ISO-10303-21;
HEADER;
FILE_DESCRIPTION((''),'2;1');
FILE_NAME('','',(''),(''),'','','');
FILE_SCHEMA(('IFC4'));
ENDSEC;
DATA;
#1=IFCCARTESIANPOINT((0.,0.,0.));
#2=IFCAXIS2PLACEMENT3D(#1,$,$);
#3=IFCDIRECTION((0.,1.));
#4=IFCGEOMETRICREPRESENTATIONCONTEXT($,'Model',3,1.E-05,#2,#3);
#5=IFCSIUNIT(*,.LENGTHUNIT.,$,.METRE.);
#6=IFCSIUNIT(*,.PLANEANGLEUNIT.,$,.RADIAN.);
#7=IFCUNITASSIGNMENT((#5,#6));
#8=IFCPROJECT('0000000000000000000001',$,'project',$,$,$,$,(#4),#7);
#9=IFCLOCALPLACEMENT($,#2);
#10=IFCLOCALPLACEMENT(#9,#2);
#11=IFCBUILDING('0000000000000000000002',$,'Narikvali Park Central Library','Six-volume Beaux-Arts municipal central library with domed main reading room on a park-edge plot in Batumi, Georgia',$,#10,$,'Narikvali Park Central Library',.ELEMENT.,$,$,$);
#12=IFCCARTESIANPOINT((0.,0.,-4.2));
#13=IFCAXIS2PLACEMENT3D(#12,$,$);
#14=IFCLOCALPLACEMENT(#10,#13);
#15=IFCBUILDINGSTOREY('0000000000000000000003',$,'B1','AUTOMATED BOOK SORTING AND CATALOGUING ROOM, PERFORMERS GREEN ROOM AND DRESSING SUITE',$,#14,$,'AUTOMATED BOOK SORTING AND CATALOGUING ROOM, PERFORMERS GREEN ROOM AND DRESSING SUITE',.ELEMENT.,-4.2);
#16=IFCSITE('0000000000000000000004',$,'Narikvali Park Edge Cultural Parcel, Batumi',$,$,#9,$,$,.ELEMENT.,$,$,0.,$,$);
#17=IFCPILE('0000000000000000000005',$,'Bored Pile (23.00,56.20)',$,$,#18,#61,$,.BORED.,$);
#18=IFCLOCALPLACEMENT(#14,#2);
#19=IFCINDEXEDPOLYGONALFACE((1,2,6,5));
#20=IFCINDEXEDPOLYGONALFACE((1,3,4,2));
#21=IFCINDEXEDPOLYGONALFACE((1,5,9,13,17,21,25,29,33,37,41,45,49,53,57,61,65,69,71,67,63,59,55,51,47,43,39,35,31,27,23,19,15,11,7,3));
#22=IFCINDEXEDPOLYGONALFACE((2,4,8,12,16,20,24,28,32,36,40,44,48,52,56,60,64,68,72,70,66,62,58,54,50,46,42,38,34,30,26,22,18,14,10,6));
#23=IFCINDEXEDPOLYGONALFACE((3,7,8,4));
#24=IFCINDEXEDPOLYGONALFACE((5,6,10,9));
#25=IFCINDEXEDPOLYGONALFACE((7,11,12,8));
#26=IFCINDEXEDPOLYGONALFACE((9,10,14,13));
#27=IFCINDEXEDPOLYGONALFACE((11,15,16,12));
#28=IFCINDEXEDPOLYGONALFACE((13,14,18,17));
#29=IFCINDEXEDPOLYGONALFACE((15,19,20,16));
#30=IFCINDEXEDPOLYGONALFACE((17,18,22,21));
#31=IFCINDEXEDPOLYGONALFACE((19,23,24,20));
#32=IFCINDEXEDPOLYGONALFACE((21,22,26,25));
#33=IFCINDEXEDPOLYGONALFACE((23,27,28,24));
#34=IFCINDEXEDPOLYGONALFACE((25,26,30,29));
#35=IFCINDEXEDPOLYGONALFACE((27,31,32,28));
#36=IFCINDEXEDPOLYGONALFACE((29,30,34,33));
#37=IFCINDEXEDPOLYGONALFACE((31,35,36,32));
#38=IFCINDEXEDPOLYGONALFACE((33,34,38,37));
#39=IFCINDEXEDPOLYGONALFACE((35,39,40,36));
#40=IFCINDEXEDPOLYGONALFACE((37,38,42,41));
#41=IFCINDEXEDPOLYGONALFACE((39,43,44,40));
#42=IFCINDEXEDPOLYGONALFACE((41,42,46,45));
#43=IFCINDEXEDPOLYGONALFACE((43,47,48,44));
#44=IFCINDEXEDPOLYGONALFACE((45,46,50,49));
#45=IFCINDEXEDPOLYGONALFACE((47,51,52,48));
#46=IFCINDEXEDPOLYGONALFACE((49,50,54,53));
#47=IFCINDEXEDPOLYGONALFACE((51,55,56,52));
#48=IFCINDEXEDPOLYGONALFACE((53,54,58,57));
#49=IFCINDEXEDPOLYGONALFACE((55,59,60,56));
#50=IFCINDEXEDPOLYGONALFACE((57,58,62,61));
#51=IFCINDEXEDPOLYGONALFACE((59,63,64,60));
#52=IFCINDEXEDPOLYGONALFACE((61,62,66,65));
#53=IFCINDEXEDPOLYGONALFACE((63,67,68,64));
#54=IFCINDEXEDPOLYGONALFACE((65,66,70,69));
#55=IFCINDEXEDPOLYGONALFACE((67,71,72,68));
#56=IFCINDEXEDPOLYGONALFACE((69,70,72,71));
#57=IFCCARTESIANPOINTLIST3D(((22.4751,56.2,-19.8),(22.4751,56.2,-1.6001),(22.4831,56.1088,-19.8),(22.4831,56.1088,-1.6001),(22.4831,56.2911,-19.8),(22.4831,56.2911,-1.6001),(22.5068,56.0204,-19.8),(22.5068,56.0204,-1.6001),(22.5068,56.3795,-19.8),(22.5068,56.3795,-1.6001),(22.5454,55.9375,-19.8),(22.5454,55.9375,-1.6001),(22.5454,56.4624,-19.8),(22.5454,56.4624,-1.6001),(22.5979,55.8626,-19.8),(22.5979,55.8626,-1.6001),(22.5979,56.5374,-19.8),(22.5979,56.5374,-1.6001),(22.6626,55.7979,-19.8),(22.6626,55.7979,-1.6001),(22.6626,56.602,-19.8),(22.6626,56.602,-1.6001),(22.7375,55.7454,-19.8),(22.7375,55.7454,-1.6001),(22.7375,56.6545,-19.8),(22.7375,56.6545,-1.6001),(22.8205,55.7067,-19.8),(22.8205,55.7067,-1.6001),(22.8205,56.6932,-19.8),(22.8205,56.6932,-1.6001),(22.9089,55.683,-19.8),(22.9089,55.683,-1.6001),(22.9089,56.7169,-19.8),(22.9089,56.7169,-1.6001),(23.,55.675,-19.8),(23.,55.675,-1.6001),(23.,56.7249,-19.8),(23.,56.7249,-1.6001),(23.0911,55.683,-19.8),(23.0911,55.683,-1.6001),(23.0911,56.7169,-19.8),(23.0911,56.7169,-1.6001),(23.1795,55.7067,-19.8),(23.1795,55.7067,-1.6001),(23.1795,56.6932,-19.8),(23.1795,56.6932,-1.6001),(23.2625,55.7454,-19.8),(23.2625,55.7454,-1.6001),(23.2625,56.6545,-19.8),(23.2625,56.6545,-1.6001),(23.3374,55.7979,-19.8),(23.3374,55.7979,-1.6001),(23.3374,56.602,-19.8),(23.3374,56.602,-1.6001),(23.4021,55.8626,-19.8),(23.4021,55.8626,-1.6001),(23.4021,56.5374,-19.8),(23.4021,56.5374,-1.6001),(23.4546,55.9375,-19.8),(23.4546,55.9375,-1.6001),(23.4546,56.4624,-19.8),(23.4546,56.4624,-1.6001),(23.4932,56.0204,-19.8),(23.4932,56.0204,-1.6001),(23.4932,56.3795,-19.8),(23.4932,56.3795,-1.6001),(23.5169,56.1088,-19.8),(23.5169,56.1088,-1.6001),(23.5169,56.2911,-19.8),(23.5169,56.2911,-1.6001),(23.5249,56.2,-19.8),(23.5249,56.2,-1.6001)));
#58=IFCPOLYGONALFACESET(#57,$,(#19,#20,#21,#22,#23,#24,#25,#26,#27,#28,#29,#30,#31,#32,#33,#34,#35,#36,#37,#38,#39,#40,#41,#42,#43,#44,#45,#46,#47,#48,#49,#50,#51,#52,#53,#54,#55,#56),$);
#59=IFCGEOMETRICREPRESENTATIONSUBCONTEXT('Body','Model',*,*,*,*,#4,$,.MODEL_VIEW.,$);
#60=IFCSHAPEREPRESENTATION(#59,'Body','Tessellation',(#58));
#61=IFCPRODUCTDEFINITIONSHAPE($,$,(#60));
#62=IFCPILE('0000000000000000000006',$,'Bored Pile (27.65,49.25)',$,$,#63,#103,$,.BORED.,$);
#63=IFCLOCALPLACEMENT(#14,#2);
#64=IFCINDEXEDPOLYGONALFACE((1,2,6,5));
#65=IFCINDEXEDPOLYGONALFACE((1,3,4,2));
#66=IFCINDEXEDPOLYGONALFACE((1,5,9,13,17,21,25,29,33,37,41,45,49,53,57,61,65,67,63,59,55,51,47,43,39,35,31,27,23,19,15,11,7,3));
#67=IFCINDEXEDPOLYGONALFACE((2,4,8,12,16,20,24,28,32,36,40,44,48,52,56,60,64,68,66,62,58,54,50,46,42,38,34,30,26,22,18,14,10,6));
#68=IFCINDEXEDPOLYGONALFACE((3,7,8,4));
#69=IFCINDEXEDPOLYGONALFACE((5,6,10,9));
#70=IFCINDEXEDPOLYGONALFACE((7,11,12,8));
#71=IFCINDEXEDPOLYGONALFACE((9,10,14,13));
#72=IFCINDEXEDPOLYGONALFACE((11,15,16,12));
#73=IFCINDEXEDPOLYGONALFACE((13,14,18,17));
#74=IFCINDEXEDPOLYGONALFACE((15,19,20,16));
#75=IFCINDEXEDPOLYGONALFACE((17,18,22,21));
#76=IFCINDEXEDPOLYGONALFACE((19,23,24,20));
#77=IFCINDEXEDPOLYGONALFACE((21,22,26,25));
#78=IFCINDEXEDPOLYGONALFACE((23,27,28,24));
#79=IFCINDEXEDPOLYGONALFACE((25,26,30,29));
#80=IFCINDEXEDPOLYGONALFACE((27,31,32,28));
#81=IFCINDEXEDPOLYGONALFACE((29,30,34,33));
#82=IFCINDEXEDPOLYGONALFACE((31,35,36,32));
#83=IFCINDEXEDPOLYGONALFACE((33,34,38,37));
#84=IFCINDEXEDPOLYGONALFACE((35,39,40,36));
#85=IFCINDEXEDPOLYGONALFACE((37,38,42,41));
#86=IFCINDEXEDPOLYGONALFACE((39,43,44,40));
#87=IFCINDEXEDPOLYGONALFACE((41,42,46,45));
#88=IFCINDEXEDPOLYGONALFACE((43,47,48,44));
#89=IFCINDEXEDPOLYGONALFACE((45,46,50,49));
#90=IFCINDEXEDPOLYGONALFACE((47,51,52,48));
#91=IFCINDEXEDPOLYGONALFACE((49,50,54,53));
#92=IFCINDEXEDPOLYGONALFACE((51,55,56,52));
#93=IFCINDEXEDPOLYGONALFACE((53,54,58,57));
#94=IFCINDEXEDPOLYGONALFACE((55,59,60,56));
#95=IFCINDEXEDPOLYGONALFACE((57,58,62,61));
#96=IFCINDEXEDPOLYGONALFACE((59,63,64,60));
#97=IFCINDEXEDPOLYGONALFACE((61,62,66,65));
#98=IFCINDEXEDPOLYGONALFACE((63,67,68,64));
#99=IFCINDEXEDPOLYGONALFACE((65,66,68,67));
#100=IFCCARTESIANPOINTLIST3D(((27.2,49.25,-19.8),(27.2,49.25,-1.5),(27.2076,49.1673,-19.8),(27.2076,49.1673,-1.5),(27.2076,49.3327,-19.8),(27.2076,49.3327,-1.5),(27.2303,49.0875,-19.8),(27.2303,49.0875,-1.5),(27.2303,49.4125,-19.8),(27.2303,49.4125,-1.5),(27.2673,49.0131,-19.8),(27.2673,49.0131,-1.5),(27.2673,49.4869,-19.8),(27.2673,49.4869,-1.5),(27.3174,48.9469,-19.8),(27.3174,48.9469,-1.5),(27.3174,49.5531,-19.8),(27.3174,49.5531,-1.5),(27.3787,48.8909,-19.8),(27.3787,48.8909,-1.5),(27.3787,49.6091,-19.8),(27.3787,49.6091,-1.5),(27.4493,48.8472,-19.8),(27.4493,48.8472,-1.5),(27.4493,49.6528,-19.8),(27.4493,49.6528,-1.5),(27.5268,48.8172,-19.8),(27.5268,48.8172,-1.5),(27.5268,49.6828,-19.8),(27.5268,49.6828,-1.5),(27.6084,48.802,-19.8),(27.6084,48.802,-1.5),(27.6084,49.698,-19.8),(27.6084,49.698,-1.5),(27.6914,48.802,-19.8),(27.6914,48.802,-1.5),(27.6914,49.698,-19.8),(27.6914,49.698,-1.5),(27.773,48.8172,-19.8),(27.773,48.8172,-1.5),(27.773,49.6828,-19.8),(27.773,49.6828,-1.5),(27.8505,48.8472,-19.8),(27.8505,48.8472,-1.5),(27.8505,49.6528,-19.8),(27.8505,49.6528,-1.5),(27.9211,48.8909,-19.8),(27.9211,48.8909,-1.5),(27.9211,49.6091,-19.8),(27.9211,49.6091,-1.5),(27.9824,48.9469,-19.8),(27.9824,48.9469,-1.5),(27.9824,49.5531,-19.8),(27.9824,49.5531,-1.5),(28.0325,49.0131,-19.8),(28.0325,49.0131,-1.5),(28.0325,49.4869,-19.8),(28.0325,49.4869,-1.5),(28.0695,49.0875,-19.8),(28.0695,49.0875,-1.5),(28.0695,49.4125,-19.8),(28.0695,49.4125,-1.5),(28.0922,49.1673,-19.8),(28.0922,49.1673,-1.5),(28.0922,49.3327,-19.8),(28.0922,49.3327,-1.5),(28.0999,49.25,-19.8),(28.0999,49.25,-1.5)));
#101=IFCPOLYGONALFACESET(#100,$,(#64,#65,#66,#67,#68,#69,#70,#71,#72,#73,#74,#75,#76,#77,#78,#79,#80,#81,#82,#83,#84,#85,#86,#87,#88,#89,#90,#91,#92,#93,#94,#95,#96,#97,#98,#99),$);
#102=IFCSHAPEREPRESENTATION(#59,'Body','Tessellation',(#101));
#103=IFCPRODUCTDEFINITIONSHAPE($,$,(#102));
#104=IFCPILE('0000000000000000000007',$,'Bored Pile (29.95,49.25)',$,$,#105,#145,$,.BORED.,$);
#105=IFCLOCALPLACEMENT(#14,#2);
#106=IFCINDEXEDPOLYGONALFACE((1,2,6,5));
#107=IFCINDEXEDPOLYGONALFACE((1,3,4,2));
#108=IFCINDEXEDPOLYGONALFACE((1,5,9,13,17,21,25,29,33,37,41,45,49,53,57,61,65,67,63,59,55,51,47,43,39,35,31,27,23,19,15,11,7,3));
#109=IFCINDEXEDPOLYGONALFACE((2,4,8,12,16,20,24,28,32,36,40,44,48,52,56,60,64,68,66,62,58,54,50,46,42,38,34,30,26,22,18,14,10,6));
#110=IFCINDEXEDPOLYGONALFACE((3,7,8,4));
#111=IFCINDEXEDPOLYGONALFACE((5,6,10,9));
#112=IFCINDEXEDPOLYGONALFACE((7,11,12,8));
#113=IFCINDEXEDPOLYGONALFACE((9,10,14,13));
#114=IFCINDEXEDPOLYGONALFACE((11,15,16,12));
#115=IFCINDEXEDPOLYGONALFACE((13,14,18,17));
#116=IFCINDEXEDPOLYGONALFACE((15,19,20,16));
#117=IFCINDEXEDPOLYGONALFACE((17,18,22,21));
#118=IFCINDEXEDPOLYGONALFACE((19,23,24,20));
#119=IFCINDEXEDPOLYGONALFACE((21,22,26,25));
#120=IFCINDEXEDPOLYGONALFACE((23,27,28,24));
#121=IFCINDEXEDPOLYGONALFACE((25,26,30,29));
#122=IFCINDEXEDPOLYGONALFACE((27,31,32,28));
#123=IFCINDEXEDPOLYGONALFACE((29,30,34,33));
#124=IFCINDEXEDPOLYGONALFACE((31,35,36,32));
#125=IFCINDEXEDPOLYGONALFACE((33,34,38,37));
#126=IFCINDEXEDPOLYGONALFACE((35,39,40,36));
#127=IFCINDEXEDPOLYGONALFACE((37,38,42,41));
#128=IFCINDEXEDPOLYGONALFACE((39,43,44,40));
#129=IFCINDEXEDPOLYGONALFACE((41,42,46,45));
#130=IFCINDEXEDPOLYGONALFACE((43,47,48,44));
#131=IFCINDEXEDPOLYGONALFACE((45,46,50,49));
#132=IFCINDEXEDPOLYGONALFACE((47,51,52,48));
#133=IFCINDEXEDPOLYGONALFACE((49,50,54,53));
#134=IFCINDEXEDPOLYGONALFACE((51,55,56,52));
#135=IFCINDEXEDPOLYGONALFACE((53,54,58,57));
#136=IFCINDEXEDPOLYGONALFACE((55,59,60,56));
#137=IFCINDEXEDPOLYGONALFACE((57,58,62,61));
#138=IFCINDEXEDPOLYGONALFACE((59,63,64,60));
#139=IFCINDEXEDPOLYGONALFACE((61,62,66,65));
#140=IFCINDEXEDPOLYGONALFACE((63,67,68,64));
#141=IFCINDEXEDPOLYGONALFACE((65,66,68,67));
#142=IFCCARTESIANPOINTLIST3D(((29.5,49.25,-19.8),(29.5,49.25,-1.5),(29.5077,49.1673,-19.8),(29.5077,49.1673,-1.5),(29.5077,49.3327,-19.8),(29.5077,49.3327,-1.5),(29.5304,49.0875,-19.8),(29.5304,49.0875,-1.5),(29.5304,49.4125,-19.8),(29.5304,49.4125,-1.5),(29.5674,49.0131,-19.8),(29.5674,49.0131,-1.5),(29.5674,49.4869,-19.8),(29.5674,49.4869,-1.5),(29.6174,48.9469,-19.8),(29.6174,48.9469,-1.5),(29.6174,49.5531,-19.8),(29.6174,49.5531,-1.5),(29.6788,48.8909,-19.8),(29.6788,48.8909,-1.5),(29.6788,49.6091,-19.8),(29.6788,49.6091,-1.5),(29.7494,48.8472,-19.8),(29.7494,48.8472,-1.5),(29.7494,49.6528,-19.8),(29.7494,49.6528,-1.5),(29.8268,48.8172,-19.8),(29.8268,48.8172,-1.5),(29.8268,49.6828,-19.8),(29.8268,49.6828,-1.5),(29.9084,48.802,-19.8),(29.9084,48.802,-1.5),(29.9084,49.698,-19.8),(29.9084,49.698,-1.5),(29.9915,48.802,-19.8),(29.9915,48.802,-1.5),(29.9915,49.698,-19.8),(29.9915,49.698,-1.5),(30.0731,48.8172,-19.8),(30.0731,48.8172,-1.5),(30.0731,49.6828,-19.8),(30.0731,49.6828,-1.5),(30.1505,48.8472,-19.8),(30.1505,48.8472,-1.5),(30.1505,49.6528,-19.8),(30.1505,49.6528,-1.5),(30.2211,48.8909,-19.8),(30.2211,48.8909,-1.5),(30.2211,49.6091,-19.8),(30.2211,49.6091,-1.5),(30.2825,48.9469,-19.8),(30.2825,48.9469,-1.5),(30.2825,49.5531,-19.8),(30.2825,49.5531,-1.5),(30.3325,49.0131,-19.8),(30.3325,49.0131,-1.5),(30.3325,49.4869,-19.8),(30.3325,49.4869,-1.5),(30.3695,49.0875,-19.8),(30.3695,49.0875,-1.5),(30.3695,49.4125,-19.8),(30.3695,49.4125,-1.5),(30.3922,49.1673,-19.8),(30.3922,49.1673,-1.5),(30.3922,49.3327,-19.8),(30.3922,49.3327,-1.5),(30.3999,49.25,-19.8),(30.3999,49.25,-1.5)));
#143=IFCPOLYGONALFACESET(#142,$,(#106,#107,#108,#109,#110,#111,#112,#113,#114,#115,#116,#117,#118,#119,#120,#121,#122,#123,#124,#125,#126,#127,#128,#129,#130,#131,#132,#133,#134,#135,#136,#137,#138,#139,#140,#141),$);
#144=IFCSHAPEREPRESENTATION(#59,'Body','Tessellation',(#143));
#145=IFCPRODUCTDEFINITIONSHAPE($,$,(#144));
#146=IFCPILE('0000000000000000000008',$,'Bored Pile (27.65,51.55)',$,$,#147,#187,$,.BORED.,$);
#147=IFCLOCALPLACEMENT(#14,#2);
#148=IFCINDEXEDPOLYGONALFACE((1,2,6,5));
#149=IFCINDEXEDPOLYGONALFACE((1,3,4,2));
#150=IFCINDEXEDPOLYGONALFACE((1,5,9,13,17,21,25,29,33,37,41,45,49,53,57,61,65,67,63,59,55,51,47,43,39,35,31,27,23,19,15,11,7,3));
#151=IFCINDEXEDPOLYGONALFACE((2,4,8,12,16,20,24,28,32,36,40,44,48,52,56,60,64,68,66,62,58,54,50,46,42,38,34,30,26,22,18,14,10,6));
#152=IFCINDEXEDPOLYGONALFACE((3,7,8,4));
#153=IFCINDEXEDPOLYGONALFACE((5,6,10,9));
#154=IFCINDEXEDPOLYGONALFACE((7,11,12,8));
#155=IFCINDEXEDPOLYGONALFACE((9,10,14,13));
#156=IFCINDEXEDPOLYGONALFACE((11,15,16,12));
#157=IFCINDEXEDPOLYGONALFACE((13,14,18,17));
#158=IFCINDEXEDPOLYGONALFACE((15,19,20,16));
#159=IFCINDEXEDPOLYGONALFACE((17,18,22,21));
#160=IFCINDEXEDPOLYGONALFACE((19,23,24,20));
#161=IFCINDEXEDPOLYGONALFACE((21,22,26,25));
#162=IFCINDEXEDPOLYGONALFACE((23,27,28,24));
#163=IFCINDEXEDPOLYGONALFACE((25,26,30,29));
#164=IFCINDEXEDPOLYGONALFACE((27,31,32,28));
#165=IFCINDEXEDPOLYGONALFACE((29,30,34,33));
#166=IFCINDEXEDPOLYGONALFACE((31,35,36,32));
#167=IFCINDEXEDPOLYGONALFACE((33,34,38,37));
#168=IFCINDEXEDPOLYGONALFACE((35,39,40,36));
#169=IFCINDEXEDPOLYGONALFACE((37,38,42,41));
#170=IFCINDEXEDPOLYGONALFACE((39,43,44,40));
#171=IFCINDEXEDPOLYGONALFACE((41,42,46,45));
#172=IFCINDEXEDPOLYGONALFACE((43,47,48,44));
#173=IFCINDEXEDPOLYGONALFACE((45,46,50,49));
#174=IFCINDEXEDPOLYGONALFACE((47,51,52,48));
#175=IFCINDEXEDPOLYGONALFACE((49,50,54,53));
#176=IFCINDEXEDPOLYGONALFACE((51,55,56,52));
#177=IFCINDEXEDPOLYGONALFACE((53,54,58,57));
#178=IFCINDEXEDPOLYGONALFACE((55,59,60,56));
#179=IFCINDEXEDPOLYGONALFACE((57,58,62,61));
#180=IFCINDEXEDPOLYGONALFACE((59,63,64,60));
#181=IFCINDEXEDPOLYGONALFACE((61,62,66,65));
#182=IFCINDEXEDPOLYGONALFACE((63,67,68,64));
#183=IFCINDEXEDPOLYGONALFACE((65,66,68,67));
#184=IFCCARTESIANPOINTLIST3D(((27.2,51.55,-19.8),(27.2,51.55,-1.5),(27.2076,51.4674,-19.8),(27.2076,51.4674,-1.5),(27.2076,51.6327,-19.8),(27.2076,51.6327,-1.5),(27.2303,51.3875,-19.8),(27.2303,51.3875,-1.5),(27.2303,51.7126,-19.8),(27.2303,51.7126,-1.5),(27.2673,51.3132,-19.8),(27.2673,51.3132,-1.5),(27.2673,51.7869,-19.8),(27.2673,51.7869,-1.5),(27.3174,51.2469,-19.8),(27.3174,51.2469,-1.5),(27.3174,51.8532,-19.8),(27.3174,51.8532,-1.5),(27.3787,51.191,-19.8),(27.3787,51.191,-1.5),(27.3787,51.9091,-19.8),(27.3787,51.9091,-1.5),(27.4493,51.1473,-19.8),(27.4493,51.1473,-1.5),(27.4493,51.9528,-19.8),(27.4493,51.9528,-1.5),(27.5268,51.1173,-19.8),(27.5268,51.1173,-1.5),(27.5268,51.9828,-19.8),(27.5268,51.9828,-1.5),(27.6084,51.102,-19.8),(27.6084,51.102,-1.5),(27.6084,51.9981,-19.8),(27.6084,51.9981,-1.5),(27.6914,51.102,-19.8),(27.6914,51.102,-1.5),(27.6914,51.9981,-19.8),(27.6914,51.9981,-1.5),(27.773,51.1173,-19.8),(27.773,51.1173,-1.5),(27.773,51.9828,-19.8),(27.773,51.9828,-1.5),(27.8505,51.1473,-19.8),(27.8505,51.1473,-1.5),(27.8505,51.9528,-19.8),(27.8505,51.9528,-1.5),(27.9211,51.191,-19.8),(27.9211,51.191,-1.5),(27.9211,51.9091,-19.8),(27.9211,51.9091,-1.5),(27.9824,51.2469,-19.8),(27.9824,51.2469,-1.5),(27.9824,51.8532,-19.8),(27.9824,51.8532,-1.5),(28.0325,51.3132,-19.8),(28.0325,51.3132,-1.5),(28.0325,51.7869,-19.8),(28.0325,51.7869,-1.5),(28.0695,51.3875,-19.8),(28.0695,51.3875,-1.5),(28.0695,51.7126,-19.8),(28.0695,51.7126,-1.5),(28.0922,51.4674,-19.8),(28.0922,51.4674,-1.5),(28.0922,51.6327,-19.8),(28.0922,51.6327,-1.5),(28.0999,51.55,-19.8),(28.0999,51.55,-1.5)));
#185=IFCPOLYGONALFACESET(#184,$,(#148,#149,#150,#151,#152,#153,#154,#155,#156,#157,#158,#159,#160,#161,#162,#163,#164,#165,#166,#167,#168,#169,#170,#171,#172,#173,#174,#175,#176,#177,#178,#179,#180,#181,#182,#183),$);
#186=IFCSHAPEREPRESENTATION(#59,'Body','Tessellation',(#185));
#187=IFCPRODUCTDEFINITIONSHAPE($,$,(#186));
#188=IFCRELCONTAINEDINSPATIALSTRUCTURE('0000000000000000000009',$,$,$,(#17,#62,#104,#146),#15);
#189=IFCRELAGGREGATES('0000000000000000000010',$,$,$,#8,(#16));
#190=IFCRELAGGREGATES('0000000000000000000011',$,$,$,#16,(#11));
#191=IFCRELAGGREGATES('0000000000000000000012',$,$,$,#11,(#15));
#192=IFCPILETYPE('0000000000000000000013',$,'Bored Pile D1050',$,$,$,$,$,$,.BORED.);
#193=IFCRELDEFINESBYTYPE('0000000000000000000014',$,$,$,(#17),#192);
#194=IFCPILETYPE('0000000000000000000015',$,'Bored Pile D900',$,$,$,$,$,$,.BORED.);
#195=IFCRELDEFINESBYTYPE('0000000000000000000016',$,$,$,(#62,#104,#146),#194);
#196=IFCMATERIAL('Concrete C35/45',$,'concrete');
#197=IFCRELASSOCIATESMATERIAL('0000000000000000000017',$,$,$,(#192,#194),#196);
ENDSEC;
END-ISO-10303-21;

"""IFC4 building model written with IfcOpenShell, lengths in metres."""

from ifc_helpers import new_model, si_unit, direction, frame, origin, origin_2d, place, context, subcontext, project, spatial, circle, extrude, material, material_profile, profile_set, type_object, element, save


model = new_model("IFC4")

# Units and contexts
model_context = context("Model", 3, precision=1e-05, world=origin(), true_north=direction((0.0, 1.0)))
body_context = subcontext(model_context, "Body", "Model", "MODEL_VIEW")
ifc_project = project(units=[si_unit("LENGTHUNIT", "METRE"), si_unit("PLANEANGLEUNIT", "RADIAN")], contexts=[model_context])

# Site, building, storey
site_placement = place(None, origin())
site = spatial("IfcSite", under=ifc_project, at=site_placement, Name="Narikvali Park Edge Cultural Parcel, Batumi", CompositionType="ELEMENT", RefElevation=0.0)
building_placement = place(site_placement, origin())
building = spatial("IfcBuilding", under=site, at=building_placement, Name="Narikvali Park Central Library", Description="Six-volume Beaux-Arts municipal central library with domed main reading room on a park-edge plot in Batumi, Georgia", LongName="Narikvali Park Central Library", CompositionType="ELEMENT")
storey_placement = place(building_placement, frame((0.0, 0.0, -4.2)))
storey = spatial("IfcBuildingStorey", under=building, at=storey_placement, Name="B1", Description="AUTOMATED BOOK SORTING AND CATALOGUING ROOM, PERFORMERS GREEN ROOM AND DRESSING SUITE", LongName="AUTOMATED BOOK SORTING AND CATALOGUING ROOM, PERFORMERS GREEN ROOM AND DRESSING SUITE", CompositionType="ELEMENT", Elevation=-4.2)

# Piles
ifc_material_1 = material(Name="Concrete C35/45", Category="concrete")
ifc_material_profile_1 = material_profile(ifc_material_1, circle(Radius=0.5249, at=origin_2d()), Name="PILE D1050")
ifc_profile_set_1 = profile_set([ifc_material_profile_1], Name="Concrete C35/45")
pile_type_1 = type_object("IfcPileType", Name="Bored Pile D1050", PredefinedType="BORED", material=ifc_profile_set_1)
for number, where, z_axis, x_axis, name in (
    (1, (23.0, 56.2, -1.6001), (0.0, 0.0, -1.0), (1.0, 0.0, 0.0), "Bored Pile (23.00,56.20)"),
):
    element("IfcPile", number, at=place(storey_placement, frame(where, z_axis=z_axis, x_axis=x_axis)), inside=storey, type_object=pile_type_1, Name=name, PredefinedType="BORED", context=body_context, shape_type="SweptSolid", body=[
        extrude(circle(Radius=0.5249, at=origin_2d()), origin(), (0.0, 0.0, 1.0), 18.2),
    ])
ifc_material_profile_2 = material_profile(ifc_material_1, circle(Radius=0.45, at=origin_2d()), Name="PILE D900")
ifc_profile_set_2 = profile_set([ifc_material_profile_2], Name="Concrete C35/45")
pile_type_2 = type_object("IfcPileType", Name="Bored Pile D900", PredefinedType="BORED", material=ifc_profile_set_2)
for number, where, z_axis, x_axis, name in (
    (2, (27.6499, 49.25, -1.5), (0.0, 0.0, -1.0), (1.0, 0.0, 0.0), "Bored Pile (27.65,49.25)"),
    (3, (29.95, 49.25, -1.5), (0.0, 0.0, -1.0), (1.0, 0.0, 0.0), "Bored Pile (29.95,49.25)"),
    (4, (27.6499, 51.55, -1.5), (0.0, 0.0, -1.0), (1.0, 0.0, 0.0), "Bored Pile (27.65,51.55)"),
):
    element("IfcPile", number, at=place(storey_placement, frame(where, z_axis=z_axis, x_axis=x_axis)), inside=storey, type_object=pile_type_2, Name=name, PredefinedType="BORED", context=body_context, shape_type="SweptSolid", body=[
        extrude(circle(Radius=0.45, at=origin_2d()), origin(), (0.0, 0.0, 1.0), 18.3),
    ])

save(model, "model.ifc")
